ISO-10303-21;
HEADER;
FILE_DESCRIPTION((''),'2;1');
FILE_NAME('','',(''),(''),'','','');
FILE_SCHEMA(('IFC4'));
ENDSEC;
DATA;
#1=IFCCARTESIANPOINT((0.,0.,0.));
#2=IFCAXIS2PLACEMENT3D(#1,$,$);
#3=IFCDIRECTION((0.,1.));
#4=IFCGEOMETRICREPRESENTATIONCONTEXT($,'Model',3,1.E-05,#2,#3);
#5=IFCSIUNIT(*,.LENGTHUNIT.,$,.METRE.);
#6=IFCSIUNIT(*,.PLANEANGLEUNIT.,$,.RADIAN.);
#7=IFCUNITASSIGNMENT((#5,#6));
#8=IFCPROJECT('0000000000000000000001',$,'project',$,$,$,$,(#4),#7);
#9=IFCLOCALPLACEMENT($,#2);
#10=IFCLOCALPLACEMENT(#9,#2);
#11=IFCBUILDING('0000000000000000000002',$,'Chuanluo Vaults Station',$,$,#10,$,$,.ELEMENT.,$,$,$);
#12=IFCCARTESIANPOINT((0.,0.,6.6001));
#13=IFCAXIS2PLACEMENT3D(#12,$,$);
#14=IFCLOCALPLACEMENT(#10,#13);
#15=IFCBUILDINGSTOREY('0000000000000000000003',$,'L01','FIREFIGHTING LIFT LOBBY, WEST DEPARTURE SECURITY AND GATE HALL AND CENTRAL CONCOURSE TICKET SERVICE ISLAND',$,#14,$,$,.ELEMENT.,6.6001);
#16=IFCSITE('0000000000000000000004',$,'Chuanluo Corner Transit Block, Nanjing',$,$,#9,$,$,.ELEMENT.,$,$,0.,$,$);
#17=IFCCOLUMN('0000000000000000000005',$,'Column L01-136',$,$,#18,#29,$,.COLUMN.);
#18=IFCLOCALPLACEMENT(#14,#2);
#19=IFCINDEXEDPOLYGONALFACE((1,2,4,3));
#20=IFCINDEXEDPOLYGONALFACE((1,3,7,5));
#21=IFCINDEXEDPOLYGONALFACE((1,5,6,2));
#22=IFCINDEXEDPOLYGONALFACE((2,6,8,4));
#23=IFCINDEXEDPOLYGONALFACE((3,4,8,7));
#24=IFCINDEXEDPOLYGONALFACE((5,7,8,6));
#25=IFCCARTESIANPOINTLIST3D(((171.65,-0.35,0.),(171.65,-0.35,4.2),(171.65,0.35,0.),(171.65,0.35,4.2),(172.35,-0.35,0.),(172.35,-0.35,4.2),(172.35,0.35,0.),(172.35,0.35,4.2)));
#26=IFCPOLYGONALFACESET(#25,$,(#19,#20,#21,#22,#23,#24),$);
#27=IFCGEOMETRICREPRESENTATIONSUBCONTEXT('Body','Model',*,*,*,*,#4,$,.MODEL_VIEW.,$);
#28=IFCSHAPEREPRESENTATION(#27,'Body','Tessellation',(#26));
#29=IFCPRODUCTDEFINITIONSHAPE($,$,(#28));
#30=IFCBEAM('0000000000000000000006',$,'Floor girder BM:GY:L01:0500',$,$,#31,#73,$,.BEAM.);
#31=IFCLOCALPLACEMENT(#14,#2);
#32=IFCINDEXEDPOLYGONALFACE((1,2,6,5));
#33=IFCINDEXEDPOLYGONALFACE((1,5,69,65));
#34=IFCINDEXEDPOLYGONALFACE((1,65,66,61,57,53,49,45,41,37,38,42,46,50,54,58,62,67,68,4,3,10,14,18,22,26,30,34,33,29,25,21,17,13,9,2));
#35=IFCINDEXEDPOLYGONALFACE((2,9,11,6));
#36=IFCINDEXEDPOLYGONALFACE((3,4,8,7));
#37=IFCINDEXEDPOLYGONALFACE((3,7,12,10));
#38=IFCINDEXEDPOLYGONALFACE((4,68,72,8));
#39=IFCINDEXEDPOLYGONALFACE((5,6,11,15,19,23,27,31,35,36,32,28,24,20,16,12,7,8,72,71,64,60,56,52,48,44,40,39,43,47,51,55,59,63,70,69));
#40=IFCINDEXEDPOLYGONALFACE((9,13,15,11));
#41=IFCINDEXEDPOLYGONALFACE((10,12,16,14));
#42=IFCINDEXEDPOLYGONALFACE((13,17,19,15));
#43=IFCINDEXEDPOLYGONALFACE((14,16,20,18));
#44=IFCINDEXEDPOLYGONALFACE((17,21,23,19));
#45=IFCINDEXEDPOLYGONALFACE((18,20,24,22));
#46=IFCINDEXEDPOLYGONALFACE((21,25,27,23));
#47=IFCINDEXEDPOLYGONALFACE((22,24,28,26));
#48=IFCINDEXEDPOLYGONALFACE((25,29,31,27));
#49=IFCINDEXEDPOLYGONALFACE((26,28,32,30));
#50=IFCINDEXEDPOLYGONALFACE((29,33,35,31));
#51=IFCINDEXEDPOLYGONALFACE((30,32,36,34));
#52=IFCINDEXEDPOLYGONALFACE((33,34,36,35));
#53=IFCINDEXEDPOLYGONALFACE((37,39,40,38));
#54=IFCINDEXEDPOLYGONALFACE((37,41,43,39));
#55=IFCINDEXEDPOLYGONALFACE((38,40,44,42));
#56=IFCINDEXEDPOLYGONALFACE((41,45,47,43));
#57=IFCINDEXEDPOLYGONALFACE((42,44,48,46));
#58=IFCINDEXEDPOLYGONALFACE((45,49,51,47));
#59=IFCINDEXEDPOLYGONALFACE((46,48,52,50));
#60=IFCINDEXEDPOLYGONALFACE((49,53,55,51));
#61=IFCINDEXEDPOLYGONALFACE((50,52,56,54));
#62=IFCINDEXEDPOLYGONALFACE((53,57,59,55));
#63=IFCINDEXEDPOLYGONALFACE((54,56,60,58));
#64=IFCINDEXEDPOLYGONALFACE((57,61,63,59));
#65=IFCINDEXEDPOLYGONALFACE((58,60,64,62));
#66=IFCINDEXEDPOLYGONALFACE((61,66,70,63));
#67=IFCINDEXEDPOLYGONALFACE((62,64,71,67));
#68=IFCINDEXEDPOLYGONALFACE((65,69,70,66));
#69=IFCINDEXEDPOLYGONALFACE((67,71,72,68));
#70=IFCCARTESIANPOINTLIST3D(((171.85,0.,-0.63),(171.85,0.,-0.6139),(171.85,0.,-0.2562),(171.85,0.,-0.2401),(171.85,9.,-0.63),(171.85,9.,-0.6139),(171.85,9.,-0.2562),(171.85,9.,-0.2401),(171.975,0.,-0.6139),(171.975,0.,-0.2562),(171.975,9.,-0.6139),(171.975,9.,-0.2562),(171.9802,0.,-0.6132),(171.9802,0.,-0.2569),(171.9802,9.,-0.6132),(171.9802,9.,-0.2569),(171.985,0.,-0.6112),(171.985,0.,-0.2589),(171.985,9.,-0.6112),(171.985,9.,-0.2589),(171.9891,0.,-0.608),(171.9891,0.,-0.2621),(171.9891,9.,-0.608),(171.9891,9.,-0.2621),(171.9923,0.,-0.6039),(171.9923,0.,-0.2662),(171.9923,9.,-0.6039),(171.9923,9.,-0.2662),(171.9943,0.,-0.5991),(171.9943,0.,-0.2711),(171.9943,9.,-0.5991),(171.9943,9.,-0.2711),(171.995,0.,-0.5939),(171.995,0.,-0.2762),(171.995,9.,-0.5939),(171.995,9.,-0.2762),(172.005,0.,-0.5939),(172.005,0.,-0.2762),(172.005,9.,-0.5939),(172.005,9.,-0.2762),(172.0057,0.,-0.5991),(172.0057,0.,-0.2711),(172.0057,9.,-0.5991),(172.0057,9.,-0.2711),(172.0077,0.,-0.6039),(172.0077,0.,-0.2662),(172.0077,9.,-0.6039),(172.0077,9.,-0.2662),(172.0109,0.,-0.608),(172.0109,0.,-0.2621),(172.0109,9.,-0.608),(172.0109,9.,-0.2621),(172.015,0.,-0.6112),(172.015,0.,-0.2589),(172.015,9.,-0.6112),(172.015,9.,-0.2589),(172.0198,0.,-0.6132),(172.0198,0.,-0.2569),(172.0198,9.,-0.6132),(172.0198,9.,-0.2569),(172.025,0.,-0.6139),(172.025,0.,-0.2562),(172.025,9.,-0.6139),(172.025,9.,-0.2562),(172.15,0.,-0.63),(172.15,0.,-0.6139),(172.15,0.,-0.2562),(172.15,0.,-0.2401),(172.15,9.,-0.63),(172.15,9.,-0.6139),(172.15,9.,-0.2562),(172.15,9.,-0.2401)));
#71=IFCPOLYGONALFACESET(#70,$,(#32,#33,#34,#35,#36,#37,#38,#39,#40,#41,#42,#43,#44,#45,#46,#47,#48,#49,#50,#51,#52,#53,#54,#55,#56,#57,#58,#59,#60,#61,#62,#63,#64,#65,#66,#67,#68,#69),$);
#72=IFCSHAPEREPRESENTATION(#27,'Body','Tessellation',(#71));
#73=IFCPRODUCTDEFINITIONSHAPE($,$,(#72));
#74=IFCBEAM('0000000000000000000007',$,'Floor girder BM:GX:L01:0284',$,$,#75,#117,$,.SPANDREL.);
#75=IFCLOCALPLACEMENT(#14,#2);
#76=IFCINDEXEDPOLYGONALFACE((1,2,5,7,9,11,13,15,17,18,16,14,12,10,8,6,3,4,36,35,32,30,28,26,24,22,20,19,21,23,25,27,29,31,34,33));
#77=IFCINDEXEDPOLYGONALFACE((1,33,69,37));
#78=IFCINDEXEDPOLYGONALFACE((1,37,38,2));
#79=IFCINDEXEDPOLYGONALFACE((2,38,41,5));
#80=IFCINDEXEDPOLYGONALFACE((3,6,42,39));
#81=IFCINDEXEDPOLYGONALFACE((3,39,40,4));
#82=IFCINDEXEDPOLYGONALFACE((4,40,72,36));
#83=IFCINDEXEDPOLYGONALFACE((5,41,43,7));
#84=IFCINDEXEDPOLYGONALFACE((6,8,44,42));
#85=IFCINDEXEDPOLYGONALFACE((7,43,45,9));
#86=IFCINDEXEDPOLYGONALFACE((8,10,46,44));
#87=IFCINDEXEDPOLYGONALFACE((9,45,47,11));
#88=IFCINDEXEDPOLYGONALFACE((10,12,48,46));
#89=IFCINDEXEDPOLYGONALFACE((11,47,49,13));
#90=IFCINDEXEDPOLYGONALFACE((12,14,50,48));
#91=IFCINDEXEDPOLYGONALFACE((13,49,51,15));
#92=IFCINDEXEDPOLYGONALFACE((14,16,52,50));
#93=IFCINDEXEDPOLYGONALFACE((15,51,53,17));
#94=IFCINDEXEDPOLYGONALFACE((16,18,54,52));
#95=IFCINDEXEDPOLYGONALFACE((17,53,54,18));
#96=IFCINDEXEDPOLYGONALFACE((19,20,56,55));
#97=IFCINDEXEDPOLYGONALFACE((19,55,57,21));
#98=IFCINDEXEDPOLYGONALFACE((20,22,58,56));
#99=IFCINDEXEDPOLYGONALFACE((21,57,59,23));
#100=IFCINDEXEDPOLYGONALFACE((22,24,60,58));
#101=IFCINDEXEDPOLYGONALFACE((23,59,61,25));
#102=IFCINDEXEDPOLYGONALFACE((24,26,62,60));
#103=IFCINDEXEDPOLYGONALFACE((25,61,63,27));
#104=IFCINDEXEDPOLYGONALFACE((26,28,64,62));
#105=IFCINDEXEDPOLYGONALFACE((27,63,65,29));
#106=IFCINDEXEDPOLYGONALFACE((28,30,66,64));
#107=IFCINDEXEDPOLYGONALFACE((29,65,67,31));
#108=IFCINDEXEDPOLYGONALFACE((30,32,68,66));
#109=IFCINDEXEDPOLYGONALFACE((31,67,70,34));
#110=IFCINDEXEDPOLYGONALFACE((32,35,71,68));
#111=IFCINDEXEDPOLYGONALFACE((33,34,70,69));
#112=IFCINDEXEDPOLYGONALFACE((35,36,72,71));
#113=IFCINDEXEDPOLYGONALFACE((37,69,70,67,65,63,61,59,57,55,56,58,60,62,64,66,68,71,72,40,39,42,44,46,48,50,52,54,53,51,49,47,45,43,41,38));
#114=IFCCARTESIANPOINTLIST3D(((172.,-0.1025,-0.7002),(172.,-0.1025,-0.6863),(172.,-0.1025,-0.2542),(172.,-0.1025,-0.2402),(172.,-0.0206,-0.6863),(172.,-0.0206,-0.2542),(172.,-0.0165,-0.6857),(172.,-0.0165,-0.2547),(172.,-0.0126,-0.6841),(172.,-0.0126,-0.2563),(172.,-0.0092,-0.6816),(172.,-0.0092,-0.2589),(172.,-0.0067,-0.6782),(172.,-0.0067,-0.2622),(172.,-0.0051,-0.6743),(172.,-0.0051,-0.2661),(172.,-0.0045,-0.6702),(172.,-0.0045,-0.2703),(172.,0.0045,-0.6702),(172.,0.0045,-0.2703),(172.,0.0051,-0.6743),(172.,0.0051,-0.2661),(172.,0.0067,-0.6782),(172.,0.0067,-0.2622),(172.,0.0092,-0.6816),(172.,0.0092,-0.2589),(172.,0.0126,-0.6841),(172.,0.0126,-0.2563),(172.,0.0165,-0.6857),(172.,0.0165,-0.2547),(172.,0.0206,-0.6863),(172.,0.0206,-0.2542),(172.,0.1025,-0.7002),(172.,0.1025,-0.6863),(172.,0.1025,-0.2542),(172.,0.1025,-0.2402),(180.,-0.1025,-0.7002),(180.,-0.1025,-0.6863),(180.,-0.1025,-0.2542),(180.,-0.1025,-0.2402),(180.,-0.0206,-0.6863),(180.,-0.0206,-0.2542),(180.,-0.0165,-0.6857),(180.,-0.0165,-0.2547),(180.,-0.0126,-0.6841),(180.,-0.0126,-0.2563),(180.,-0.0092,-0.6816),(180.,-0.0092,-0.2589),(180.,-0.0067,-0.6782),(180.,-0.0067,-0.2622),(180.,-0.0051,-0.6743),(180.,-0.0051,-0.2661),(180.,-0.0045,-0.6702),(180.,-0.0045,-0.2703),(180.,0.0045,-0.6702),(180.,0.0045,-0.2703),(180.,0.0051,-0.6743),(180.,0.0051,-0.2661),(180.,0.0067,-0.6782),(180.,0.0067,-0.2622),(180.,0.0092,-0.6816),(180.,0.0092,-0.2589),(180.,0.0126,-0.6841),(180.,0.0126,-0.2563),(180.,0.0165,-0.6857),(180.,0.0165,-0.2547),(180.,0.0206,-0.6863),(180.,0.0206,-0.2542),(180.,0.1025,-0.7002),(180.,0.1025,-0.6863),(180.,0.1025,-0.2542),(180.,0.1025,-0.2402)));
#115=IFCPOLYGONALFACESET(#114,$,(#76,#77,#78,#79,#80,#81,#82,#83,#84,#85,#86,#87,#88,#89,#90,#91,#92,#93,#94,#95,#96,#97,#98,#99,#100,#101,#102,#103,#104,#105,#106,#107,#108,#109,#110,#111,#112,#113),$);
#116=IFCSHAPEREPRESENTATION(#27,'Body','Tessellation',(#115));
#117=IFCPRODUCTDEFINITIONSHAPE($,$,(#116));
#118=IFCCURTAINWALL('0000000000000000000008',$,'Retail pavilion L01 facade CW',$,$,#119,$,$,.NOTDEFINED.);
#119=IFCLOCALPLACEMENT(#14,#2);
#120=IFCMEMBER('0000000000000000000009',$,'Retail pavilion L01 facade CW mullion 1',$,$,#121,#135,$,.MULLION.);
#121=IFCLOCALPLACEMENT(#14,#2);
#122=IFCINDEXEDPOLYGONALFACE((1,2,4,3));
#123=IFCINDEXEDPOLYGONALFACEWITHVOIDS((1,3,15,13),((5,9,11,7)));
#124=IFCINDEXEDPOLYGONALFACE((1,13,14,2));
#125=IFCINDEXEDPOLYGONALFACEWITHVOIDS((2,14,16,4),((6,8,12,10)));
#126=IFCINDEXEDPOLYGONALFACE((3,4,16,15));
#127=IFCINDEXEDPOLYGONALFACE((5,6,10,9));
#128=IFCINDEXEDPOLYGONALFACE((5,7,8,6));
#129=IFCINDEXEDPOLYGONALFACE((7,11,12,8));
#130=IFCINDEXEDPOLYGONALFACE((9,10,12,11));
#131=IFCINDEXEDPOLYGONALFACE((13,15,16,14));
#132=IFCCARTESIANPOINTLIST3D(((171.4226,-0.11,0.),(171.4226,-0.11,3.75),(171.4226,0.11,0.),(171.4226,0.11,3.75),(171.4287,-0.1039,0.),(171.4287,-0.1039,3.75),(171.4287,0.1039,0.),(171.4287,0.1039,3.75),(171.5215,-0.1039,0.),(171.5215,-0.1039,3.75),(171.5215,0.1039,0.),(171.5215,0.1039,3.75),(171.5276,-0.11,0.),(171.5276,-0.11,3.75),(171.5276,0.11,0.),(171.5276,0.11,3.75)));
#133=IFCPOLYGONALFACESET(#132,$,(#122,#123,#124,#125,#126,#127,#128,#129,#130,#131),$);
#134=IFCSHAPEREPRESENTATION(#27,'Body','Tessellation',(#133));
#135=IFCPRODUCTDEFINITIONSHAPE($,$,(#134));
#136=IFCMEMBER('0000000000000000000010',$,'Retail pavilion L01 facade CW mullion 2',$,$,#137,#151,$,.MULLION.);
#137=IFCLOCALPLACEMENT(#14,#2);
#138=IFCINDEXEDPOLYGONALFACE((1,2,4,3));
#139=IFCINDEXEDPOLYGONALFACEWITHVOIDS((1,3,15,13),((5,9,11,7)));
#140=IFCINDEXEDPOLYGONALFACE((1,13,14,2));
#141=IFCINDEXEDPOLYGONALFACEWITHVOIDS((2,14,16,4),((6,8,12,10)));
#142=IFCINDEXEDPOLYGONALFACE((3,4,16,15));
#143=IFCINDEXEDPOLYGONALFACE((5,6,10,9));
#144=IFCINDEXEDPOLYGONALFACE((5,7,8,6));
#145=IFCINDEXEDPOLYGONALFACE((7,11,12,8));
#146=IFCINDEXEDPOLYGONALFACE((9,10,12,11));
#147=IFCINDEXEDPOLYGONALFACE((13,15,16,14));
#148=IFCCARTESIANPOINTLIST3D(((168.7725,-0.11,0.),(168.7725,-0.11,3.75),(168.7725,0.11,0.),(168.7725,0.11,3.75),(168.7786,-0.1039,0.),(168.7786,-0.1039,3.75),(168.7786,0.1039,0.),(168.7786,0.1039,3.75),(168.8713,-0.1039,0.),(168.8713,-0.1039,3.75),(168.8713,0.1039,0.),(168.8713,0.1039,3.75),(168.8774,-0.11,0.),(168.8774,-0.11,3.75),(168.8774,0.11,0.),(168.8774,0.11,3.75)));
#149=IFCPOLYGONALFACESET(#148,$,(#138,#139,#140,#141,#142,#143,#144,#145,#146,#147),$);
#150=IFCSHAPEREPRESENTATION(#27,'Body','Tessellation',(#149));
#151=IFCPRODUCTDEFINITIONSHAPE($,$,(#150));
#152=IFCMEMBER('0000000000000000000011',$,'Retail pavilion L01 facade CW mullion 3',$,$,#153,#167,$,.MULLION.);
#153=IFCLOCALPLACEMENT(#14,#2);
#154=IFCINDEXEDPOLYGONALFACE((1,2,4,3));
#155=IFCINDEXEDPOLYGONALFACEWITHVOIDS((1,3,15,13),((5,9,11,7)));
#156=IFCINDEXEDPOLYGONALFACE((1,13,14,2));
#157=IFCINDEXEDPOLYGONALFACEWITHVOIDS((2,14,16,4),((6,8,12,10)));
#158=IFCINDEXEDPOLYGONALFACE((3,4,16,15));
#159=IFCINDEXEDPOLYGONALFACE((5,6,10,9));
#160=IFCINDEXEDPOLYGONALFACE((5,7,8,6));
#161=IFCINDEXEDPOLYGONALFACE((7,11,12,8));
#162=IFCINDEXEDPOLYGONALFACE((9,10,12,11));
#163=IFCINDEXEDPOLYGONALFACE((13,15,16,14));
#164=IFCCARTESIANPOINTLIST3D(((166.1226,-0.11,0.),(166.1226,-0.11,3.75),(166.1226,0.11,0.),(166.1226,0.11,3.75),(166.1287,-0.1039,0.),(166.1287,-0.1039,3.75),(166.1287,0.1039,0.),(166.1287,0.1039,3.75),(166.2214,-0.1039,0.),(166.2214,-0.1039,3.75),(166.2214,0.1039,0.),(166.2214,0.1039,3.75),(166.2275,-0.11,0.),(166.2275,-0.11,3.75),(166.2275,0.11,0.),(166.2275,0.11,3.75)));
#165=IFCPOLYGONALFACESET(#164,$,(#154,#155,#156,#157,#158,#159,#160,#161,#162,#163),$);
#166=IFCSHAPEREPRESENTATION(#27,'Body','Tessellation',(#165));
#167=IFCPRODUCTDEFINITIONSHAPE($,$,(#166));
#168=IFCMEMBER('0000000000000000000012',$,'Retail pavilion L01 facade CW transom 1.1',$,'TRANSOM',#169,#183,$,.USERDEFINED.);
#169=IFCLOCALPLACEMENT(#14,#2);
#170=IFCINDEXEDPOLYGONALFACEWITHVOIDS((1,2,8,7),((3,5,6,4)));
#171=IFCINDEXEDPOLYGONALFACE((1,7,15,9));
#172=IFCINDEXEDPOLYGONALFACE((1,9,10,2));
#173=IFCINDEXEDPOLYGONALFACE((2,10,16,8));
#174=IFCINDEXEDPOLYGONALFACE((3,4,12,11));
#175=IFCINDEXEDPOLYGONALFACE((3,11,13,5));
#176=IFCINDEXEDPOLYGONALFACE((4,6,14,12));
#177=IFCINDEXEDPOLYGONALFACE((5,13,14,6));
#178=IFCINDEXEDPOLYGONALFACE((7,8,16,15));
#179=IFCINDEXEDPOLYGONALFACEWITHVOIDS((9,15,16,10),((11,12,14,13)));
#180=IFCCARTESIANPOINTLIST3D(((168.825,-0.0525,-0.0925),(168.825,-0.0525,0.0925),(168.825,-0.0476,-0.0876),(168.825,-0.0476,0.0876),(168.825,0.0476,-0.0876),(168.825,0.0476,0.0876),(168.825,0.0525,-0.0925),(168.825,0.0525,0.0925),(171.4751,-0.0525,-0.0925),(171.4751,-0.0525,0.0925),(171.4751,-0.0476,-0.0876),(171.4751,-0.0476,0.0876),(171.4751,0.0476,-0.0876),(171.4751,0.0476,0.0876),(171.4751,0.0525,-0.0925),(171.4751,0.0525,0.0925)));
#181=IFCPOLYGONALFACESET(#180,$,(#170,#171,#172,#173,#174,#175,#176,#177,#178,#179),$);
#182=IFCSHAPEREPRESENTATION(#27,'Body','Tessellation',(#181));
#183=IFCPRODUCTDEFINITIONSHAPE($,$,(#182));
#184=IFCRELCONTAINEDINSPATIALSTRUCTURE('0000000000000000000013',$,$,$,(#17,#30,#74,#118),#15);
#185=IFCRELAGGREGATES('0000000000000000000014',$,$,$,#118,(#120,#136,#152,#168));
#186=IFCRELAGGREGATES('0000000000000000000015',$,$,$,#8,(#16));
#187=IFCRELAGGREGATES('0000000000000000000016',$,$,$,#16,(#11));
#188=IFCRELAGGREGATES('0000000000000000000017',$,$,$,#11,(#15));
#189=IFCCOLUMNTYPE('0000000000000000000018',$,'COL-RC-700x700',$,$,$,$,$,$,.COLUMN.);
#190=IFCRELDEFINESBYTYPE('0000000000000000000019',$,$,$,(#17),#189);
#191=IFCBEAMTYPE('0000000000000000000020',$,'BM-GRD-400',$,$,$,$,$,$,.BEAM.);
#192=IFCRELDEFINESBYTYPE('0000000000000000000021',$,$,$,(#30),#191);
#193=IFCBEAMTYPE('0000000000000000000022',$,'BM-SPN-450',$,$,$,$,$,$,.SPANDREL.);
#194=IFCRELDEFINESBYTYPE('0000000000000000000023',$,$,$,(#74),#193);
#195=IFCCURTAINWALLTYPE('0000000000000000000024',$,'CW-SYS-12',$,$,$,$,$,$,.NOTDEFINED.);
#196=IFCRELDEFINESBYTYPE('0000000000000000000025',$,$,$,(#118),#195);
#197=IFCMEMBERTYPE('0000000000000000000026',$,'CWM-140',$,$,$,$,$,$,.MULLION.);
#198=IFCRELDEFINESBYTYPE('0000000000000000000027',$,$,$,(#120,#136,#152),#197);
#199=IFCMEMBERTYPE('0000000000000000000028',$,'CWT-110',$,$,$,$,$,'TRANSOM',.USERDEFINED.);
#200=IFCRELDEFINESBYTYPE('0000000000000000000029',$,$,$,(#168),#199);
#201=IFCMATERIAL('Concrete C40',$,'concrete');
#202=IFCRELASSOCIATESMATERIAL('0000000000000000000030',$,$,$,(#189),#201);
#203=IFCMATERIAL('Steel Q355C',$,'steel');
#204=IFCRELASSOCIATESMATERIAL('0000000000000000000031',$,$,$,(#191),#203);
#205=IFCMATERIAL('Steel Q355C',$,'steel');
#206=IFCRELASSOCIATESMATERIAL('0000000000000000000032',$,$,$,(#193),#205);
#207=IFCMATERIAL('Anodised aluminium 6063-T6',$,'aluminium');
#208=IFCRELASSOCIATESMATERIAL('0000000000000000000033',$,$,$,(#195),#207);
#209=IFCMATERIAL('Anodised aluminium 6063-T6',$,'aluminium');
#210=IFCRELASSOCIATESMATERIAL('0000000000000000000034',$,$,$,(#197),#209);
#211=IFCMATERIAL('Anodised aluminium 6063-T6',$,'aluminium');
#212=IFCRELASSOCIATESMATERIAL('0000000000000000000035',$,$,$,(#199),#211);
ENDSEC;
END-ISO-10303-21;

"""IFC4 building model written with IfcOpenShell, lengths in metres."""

from ifc_helpers import new_model, si_unit, direction, frame, origin, origin_2d, place, context, subcontext, project, spatial, rectangle, hollow_rectangle, i_section, extrude, material, material_profile, profile_set, type_object, element, aggregate, save


model = new_model("IFC4")

# Units and contexts
model_context = context("Model", 3, precision=1e-05, world=origin(), true_north=direction((0.0, 1.0)))
body_context = subcontext(model_context, "Body", "Model", "MODEL_VIEW")
ifc_project = project(units=[si_unit("LENGTHUNIT", "METRE"), si_unit("PLANEANGLEUNIT", "RADIAN")], contexts=[model_context])

# Site, building, storey
site_placement = place(None, origin())
site = spatial("IfcSite", under=ifc_project, at=site_placement, Name="Chuanluo Corner Transit Block, Nanjing", CompositionType="ELEMENT", RefElevation=0.0)
building_placement = place(site_placement, origin())
building = spatial("IfcBuilding", under=site, at=building_placement, Name="Chuanluo Vaults Station", CompositionType="ELEMENT")
storey_placement = place(building_placement, frame((0.0, 0.0, 6.6001)))
storey = spatial("IfcBuildingStorey", under=building, at=storey_placement, Name="L01", Description="FIREFIGHTING LIFT LOBBY, WEST DEPARTURE SECURITY AND GATE HALL AND CENTRAL CONCOURSE TICKET SERVICE ISLAND", CompositionType="ELEMENT", Elevation=6.6001)

# Column
ifc_material_1 = material(Name="Concrete C40", Category="concrete")
ifc_material_profile_1 = material_profile(ifc_material_1, rectangle(XDim=0.7, YDim=0.7, at=origin_2d()))
ifc_profile_set_1 = profile_set([ifc_material_profile_1], Name="Concrete C40")
column_type = type_object("IfcColumnType", Name="COL-RC-700x700", PredefinedType="COLUMN", material=ifc_profile_set_1)
column_placement = place(storey_placement, frame((172.0, 0.0, 0.0), z_axis=(0.0, 0.0, 1.0), x_axis=(1.0, 0.0, 0.0)))
element("IfcColumn", 1, at=column_placement, inside=storey, type_object=column_type, Name="Column L01-136", PredefinedType="COLUMN", context=body_context, shape_type="SweptSolid", body=[
    extrude(rectangle(XDim=0.7, YDim=0.7, at=origin_2d()), origin(), (0.0, 0.0, 1.0), 4.2),
])

# Beams
ifc_material_2 = material(Name="Steel Q355C", Category="steel")
ifc_material_profile_2 = material_profile(ifc_material_2, i_section(OverallWidth=0.3, OverallDepth=0.3899, WebThickness=0.01, FlangeThickness=0.0161, FilletRadius=0.02, at=origin_2d()))
ifc_profile_set_2 = profile_set([ifc_material_profile_2], Name="Steel Q355C")
beam_type_1 = type_object("IfcBeamType", Name="BM-GRD-400", PredefinedType="BEAM", material=ifc_profile_set_2)
beam_1_placement = place(storey_placement, frame((172.0, 0.0, -0.4351), z_axis=(0.0, 1.0, 0.0), x_axis=(-1.0, 0.0, 0.0)))
element("IfcBeam", 2, at=beam_1_placement, inside=storey, type_object=beam_type_1, Name="Floor girder BM:GY:L01:0500", PredefinedType="BEAM", context=body_context, shape_type="SweptSolid", body=[
    extrude(i_section(OverallWidth=0.3, OverallDepth=0.3899, WebThickness=0.01, FlangeThickness=0.0161, FilletRadius=0.02, at=origin_2d()), origin(), (0.0, 0.0, 1.0), 9.0),
])
ifc_material_3 = material(Name="Steel Q355C", Category="steel")
ifc_material_profile_3 = material_profile(ifc_material_3, i_section(OverallWidth=0.2051, OverallDepth=0.46, WebThickness=0.009, FlangeThickness=0.0139, FilletRadius=0.0161, at=origin_2d()))
ifc_profile_set_3 = profile_set([ifc_material_profile_3], Name="Steel Q355C")
beam_type_2 = type_object("IfcBeamType", Name="BM-SPN-450", PredefinedType="SPANDREL", material=ifc_profile_set_3)
beam_2_placement = place(storey_placement, frame((172.0, 0.0, -0.4702), z_axis=(1.0, 0.0, 0.0), x_axis=(0.0, 1.0, 0.0)))
element("IfcBeam", 3, at=beam_2_placement, inside=storey, type_object=beam_type_2, Name="Floor girder BM:GX:L01:0284", PredefinedType="SPANDREL", context=body_context, shape_type="SweptSolid", body=[
    extrude(i_section(OverallWidth=0.2051, OverallDepth=0.46, WebThickness=0.009, FlangeThickness=0.0139, FilletRadius=0.0161, at=origin_2d()), origin(), (0.0, 0.0, 1.0), 8.0),
])

# Curtain wall, members
ifc_material_4 = material(Name="Anodised aluminium 6063-T6", Category="aluminium")
curtain_wall_type = type_object("IfcCurtainWallType", Name="CW-SYS-12", PredefinedType="NOTDEFINED", material=ifc_material_4)
curtain_wall_placement = place(storey_placement, origin())
curtain_wall = element("IfcCurtainWall", 4, at=curtain_wall_placement, inside=storey, type_object=curtain_wall_type, Name="Retail pavilion L01 facade CW", PredefinedType="NOTDEFINED")
ifc_material_5 = material(Name="Anodised aluminium 6063-T6", Category="aluminium")
ifc_material_profile_4 = material_profile(ifc_material_5, hollow_rectangle(XDim=0.105, YDim=0.22, WallThickness=0.0061, at=origin_2d()))
ifc_profile_set_4 = profile_set([ifc_material_profile_4], Name="Anodised aluminium 6063-T6")
member_type_1 = type_object("IfcMemberType", Name="CWM-140", PredefinedType="MULLION", material=ifc_profile_set_4)
member_1_placement = place(storey_placement, frame((171.4751, 0.0, 0.0), z_axis=(0.0, 0.0, 1.0), x_axis=(-1.0, 0.0, 0.0)))
member_1 = element("IfcMember", 5, at=member_1_placement, type_object=member_type_1, Name="Retail pavilion L01 facade CW mullion 1", PredefinedType="MULLION", context=body_context, shape_type="SweptSolid", body=[
    extrude(hollow_rectangle(XDim=0.105, YDim=0.22, WallThickness=0.0061, at=origin_2d()), origin(), (0.0, 0.0, 1.0), 3.75),
])
member_2_placement = place(storey_placement, frame((168.825, 0.0, 0.0), z_axis=(0.0, 0.0, 1.0), x_axis=(-1.0, 0.0, 0.0)))
member_2 = element("IfcMember", 6, at=member_2_placement, type_object=member_type_1, Name="Retail pavilion L01 facade CW mullion 2", PredefinedType="MULLION", context=body_context, shape_type="SweptSolid", body=[
    extrude(hollow_rectangle(XDim=0.105, YDim=0.22, WallThickness=0.0061, at=origin_2d()), origin(), (0.0, 0.0, 1.0), 3.75),
])
member_3_placement = place(storey_placement, frame((166.175, 0.0, 0.0), z_axis=(0.0, 0.0, 1.0), x_axis=(-1.0, 0.0, 0.0)))
member_3 = element("IfcMember", 7, at=member_3_placement, type_object=member_type_1, Name="Retail pavilion L01 facade CW mullion 3", PredefinedType="MULLION", context=body_context, shape_type="SweptSolid", body=[
    extrude(hollow_rectangle(XDim=0.105, YDim=0.22, WallThickness=0.0061, at=origin_2d()), origin(), (0.0, 0.0, 1.0), 3.75),
])
ifc_material_6 = material(Name="Anodised aluminium 6063-T6", Category="aluminium")
ifc_material_profile_5 = material_profile(ifc_material_6, hollow_rectangle(XDim=0.105, YDim=0.1851, WallThickness=0.0049, at=origin_2d()))
ifc_profile_set_5 = profile_set([ifc_material_profile_5], Name="Anodised aluminium 6063-T6")
member_type_2 = type_object("IfcMemberType", Name="CWT-110", ElementType="TRANSOM", PredefinedType="USERDEFINED", material=ifc_profile_set_5)
member_4_placement = place(storey_placement, frame((171.4751, 0.0, 0.0), z_axis=(-1.0, 0.0, 0.0), x_axis=(0.0, -1.0, 0.0)))
member_4 = element("IfcMember", 8, at=member_4_placement, type_object=member_type_2, Name="Retail pavilion L01 facade CW transom 1.1", ObjectType="TRANSOM", PredefinedType="USERDEFINED", context=body_context, shape_type="SweptSolid", body=[
    extrude(hollow_rectangle(XDim=0.105, YDim=0.1851, WallThickness=0.0049, at=origin_2d()), origin(), (0.0, 0.0, 1.0), 2.6501),
])
aggregate(curtain_wall, [member_1, member_2, member_3, member_4])

save(model, "model.ifc")
